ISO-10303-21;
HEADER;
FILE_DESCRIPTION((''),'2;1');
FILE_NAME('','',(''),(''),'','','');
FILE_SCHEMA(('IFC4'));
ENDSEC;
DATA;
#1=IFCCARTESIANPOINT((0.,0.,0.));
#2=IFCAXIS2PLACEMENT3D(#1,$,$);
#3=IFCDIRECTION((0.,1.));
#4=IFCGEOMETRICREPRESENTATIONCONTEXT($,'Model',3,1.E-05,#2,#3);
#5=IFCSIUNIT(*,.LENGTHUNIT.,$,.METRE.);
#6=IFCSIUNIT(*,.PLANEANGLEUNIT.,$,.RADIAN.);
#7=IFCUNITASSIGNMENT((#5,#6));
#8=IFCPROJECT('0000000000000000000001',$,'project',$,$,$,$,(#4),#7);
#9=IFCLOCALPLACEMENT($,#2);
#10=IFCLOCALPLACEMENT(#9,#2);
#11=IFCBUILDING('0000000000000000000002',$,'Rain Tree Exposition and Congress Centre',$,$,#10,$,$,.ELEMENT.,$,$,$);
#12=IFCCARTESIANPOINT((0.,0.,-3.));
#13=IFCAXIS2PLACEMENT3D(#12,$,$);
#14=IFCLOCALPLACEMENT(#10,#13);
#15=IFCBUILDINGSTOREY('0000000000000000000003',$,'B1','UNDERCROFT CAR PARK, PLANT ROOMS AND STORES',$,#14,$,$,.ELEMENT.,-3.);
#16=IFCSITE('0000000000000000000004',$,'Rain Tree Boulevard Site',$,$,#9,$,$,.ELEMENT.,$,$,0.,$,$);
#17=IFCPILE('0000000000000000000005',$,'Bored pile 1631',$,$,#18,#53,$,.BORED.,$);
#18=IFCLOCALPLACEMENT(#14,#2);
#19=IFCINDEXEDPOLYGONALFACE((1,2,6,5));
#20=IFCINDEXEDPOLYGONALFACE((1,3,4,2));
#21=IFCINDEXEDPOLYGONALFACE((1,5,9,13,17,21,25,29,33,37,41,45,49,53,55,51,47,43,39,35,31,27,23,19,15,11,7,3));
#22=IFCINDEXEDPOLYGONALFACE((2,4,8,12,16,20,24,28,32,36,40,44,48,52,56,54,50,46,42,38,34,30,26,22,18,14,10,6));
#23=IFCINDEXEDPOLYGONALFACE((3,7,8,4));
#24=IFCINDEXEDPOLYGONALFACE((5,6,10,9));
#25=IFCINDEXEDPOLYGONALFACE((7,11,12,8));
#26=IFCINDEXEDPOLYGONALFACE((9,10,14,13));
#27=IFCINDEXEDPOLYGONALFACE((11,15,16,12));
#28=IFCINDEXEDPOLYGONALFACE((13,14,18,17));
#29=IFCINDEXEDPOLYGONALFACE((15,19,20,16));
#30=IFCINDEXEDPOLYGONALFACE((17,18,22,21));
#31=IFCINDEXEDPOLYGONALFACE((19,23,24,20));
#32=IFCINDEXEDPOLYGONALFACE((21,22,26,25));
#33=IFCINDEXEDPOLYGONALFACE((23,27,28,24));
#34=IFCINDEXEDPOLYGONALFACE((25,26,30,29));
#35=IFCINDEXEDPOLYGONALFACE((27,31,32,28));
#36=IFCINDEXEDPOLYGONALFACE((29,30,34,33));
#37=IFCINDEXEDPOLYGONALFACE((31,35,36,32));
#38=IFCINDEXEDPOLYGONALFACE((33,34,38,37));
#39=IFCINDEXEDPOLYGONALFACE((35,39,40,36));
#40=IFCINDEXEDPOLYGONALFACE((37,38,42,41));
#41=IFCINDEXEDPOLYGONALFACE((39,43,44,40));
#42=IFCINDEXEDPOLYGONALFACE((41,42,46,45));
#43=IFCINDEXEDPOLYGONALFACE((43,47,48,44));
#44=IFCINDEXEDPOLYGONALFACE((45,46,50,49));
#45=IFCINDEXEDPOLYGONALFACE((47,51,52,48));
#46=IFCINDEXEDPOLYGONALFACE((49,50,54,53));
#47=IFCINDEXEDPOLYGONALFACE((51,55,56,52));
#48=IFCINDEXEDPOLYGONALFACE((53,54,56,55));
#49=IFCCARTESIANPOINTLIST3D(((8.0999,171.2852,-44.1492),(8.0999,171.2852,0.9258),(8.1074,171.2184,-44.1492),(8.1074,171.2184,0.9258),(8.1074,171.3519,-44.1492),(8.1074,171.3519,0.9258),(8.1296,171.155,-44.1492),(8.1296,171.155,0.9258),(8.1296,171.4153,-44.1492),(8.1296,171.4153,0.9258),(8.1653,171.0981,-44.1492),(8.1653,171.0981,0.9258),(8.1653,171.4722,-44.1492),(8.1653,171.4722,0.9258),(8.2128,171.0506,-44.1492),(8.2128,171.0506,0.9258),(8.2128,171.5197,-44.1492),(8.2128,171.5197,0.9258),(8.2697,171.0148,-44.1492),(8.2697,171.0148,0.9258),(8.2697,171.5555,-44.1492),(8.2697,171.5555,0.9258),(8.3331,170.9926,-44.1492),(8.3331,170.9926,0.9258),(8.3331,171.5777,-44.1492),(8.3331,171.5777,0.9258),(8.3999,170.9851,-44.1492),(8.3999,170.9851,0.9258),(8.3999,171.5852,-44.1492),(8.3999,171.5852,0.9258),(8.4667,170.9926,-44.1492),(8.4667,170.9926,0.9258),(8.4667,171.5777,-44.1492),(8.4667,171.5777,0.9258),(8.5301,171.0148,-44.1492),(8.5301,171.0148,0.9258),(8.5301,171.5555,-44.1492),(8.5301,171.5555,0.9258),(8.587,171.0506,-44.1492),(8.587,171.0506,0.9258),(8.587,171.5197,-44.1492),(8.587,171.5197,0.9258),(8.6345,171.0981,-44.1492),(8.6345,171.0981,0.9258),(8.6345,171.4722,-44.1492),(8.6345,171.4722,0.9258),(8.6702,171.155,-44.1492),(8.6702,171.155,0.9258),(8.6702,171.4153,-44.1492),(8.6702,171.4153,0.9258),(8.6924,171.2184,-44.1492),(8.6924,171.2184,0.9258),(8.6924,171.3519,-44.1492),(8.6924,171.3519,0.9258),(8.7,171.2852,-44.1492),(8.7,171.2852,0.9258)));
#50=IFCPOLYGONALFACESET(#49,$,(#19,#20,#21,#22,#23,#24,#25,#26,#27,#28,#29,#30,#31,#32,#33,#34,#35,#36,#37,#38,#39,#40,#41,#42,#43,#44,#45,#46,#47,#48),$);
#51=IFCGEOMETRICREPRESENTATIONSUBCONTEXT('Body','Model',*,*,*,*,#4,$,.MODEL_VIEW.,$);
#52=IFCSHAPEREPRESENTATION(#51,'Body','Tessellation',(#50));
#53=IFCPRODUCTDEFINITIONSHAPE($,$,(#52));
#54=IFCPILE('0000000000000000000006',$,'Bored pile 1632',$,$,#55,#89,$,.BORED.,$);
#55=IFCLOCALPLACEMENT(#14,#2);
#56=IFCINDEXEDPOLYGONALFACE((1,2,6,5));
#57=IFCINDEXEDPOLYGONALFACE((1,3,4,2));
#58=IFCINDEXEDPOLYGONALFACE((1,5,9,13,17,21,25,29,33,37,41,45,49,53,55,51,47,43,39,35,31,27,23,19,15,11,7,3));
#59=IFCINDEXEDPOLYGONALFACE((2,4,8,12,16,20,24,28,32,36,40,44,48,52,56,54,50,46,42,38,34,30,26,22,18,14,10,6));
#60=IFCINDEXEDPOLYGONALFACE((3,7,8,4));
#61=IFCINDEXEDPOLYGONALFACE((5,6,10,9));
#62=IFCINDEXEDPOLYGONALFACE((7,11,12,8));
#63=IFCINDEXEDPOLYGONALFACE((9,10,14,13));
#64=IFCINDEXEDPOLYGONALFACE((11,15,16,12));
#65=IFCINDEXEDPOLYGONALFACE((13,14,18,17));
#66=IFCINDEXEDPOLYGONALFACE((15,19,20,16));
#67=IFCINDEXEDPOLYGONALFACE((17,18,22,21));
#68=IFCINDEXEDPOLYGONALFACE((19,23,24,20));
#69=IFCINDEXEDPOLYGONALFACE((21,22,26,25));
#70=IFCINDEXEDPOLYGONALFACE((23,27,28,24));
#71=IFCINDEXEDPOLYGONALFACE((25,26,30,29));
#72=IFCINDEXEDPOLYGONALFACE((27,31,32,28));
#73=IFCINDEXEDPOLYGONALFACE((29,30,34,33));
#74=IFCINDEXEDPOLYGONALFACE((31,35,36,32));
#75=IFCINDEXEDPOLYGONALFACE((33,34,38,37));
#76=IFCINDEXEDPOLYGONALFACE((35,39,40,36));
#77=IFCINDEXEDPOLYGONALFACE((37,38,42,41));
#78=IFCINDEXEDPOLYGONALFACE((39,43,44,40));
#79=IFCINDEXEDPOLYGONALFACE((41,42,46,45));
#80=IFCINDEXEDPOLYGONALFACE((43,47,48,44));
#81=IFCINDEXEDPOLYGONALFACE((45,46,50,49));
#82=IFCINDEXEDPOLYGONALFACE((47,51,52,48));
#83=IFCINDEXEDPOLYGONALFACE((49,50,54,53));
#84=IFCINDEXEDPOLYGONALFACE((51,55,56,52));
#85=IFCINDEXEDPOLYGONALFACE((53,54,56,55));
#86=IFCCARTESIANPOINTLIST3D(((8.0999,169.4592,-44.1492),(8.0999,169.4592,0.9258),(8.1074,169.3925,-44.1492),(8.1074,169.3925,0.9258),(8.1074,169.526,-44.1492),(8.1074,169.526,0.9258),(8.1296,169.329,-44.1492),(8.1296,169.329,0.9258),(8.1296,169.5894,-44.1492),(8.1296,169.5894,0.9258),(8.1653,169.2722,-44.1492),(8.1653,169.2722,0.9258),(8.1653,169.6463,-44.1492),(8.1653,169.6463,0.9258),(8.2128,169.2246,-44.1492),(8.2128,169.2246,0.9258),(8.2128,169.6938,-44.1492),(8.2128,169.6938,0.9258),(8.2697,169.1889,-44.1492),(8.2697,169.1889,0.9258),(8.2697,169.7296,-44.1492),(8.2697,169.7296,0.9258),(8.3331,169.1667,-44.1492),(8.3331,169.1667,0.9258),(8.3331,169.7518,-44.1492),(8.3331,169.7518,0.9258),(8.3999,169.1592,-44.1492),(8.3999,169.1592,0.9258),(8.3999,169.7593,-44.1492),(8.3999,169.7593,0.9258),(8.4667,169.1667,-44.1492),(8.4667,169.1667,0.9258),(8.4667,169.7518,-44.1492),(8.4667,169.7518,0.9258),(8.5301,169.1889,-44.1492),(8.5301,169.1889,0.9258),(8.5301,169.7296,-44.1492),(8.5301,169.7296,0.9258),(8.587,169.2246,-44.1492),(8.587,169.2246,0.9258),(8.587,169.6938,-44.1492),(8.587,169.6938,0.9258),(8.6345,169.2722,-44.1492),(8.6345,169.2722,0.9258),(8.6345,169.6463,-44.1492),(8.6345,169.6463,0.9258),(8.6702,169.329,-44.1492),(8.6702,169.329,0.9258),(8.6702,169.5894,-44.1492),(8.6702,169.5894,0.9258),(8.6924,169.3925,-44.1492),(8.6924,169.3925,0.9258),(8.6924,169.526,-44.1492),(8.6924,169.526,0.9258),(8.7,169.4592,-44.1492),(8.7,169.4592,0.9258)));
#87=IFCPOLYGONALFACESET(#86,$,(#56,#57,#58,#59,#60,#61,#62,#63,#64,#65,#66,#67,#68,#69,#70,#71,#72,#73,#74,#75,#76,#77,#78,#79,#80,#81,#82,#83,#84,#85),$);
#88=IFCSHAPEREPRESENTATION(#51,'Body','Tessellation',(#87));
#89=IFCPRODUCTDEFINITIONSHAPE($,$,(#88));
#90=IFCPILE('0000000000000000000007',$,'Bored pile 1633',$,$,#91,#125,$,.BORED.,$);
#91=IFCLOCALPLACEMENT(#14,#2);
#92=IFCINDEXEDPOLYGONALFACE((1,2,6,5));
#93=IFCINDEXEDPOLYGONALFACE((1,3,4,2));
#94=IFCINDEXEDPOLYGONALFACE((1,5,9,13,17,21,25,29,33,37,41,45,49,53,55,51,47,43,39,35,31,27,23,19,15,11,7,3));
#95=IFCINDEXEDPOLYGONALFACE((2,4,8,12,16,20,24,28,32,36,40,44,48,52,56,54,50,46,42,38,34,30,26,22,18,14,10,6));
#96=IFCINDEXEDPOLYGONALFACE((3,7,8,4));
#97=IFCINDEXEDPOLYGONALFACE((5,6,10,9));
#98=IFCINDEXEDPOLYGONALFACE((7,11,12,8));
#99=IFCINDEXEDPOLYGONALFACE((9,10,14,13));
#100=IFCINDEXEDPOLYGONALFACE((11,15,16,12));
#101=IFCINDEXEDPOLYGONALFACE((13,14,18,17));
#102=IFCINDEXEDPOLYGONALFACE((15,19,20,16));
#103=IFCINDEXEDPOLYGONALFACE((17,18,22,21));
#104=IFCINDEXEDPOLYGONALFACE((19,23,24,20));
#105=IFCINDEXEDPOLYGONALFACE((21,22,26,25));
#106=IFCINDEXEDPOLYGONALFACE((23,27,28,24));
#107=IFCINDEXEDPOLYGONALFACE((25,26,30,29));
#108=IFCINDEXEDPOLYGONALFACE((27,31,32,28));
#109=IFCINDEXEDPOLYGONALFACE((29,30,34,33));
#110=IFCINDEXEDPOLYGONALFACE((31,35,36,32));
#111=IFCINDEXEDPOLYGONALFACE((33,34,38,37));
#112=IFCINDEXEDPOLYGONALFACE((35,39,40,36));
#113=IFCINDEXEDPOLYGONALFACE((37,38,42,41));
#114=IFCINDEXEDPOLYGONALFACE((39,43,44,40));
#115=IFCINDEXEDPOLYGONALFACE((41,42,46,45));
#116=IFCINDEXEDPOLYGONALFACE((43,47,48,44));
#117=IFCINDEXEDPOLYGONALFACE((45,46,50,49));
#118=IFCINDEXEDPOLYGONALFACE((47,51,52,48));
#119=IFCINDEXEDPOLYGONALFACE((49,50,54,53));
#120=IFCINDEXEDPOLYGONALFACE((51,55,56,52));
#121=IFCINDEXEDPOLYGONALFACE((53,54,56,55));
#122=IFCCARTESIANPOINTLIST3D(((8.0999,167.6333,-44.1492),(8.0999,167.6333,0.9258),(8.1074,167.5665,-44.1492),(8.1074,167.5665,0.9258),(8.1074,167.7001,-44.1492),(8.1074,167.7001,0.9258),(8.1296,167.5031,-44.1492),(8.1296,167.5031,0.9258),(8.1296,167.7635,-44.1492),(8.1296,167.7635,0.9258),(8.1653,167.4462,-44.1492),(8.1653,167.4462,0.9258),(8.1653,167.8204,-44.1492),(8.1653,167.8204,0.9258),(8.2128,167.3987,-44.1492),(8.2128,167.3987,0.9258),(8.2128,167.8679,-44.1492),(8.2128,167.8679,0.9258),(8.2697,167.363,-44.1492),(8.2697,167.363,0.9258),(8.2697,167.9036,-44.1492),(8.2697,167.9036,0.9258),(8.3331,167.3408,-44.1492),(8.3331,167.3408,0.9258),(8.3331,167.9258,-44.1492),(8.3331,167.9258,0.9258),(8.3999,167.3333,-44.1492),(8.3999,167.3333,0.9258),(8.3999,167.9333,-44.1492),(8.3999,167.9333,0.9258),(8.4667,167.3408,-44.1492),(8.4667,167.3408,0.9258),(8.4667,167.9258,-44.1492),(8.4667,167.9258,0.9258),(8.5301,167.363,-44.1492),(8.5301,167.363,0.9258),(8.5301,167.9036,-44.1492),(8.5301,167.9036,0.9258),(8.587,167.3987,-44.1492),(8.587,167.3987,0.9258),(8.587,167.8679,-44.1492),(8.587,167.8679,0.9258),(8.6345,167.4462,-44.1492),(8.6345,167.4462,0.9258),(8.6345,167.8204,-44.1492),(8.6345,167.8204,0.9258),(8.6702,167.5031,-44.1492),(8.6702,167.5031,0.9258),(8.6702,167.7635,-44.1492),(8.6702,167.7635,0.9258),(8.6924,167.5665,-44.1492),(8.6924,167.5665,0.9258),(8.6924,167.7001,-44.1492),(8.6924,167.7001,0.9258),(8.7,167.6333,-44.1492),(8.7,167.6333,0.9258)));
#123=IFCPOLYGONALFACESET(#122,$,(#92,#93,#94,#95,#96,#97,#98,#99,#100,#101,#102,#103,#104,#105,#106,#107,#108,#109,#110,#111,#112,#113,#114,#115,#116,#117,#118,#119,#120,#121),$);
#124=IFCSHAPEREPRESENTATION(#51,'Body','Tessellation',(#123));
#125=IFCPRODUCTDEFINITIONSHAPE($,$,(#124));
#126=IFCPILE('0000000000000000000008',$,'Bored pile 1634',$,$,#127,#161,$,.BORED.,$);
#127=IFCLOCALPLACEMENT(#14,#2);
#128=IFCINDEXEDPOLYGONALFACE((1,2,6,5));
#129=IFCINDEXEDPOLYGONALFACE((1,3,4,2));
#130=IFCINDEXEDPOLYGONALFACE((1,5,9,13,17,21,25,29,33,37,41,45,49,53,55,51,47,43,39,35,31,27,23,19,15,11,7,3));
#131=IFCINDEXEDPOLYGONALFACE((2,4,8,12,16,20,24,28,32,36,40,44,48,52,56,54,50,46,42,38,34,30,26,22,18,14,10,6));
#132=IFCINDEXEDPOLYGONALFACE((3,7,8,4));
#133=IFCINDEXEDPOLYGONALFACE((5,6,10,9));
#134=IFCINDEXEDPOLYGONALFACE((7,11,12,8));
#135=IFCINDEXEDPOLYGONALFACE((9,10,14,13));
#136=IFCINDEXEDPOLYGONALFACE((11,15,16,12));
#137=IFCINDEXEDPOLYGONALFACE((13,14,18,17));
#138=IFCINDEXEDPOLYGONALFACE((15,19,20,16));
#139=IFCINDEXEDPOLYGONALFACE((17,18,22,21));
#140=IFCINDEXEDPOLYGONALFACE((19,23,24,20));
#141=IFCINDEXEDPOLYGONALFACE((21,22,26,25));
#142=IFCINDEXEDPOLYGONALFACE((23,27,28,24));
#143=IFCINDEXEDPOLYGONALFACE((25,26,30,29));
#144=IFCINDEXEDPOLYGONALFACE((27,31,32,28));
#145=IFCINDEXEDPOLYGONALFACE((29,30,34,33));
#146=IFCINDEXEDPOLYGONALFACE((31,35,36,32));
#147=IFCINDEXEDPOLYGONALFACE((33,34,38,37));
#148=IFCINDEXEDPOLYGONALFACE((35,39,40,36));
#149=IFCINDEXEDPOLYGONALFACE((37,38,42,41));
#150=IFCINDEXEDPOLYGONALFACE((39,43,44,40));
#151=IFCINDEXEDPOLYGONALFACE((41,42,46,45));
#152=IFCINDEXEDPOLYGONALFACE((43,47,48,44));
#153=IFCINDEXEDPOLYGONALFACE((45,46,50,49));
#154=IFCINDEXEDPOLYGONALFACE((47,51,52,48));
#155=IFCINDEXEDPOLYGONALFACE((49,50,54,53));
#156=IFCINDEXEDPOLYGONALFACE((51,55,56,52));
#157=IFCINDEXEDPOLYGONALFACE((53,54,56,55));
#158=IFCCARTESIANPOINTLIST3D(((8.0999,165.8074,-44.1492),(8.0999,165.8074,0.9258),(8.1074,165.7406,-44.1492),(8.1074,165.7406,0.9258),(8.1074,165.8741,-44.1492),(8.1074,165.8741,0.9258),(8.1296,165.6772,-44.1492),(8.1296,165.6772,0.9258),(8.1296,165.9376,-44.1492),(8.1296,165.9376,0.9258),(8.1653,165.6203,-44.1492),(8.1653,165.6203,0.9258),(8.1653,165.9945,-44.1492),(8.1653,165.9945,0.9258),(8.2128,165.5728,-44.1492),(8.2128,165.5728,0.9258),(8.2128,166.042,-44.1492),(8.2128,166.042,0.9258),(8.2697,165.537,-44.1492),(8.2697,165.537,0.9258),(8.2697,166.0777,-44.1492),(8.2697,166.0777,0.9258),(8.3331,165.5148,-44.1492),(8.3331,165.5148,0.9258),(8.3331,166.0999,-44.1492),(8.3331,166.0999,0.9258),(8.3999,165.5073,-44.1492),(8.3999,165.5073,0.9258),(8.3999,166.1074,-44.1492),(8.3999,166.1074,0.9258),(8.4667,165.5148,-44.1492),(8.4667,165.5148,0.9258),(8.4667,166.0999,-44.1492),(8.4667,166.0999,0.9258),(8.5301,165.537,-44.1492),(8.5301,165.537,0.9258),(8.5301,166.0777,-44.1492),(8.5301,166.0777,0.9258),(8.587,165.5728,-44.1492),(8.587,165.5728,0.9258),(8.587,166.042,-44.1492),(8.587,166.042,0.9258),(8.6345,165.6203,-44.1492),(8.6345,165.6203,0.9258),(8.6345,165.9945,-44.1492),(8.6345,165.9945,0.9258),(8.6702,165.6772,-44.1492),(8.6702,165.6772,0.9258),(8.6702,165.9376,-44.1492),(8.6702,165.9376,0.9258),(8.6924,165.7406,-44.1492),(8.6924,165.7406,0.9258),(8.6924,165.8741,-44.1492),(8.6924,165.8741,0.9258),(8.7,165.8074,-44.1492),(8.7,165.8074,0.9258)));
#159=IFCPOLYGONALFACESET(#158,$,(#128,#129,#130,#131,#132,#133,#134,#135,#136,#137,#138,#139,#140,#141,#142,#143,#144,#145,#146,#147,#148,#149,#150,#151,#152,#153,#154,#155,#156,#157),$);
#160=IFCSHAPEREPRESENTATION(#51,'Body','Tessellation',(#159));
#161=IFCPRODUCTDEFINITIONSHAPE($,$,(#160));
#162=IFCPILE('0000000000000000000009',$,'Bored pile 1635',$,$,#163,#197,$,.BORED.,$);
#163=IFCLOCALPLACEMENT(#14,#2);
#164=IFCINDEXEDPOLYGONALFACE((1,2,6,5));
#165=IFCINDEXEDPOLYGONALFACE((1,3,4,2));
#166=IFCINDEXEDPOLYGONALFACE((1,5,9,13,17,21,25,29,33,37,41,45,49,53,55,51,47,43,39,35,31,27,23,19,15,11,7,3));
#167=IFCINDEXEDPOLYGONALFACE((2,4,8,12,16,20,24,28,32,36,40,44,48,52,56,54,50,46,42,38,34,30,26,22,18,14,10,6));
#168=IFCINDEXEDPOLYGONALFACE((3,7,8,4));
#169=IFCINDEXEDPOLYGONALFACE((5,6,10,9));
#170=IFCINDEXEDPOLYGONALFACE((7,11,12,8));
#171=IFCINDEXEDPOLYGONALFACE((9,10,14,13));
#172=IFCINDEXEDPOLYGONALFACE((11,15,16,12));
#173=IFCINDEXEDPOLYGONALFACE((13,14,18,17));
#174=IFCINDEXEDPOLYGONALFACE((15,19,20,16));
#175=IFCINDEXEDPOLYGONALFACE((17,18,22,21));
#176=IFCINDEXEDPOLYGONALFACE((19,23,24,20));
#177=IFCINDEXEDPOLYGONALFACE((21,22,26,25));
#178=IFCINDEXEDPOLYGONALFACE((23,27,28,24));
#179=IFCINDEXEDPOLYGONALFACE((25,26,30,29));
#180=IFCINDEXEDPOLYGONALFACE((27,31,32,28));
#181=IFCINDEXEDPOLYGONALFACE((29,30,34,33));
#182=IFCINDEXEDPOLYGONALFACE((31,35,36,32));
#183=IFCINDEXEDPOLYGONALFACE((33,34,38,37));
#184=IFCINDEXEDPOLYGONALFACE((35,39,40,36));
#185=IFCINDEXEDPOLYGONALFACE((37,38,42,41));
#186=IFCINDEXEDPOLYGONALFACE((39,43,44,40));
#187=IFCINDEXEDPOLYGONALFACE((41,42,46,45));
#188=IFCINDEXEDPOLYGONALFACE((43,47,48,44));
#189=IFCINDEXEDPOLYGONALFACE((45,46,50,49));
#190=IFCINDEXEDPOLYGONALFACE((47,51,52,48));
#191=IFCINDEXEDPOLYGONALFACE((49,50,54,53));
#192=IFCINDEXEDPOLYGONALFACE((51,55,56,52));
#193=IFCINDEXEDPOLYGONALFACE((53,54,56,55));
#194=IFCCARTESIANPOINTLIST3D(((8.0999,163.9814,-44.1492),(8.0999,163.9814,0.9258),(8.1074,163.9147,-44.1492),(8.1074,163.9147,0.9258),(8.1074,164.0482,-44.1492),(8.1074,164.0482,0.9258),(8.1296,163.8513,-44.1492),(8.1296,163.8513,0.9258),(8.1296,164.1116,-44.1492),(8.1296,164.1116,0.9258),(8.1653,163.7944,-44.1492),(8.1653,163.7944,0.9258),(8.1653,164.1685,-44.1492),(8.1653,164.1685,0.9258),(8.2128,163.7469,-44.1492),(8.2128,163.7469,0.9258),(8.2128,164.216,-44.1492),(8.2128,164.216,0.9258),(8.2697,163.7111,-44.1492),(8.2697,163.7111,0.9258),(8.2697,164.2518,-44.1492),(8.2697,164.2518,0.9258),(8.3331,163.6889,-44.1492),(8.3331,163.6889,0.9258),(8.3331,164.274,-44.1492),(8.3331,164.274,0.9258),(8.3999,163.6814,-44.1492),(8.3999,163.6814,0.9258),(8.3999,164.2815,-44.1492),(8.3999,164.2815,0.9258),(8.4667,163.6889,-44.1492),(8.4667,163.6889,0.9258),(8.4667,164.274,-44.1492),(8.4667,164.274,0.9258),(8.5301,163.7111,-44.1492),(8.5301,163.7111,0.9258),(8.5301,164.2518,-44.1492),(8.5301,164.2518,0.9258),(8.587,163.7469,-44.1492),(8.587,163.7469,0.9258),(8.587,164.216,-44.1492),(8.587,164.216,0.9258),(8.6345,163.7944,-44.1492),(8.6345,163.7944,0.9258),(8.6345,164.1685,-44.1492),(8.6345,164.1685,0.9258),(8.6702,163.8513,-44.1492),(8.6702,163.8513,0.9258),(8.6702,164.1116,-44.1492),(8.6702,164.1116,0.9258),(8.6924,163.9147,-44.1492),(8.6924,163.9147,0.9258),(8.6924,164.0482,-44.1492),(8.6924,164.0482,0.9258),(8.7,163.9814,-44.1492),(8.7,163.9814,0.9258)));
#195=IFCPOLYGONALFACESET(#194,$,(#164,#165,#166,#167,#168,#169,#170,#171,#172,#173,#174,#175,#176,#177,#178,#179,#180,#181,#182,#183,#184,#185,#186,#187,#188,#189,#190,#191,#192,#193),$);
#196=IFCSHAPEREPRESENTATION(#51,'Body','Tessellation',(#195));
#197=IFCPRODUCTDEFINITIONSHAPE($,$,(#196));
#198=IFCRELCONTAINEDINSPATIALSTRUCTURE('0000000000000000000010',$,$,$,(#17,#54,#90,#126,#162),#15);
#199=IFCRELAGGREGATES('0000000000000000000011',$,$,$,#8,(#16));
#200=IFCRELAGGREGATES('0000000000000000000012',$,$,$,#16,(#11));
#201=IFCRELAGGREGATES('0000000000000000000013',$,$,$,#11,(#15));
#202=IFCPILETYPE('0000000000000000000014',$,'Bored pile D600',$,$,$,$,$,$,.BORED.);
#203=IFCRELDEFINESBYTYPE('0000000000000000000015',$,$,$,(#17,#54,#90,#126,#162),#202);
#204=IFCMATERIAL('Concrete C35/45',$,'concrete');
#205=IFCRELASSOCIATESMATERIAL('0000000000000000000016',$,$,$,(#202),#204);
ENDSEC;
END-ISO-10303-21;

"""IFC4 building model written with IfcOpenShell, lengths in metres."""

from ifc_helpers import new_model, si_unit, direction, frame, origin, origin_2d, place, context, subcontext, project, spatial, circle, extrude, material, material_profile, profile_set, type_object, element, save


model = new_model("IFC4")

# Units and contexts
model_context = context("Model", 3, precision=1e-05, world=origin(), true_north=direction((0.0, 1.0)))
body_context = subcontext(model_context, "Body", "Model", "MODEL_VIEW")
ifc_project = project(units=[si_unit("LENGTHUNIT", "METRE"), si_unit("PLANEANGLEUNIT", "RADIAN")], contexts=[model_context])

# Site, building, storey
site_placement = place(None, origin())
site = spatial("IfcSite", under=ifc_project, at=site_placement, Name="Rain Tree Boulevard Site", CompositionType="ELEMENT", RefElevation=0.0)
building_placement = place(site_placement, origin())
building = spatial("IfcBuilding", under=site, at=building_placement, Name="Rain Tree Exposition and Congress Centre", CompositionType="ELEMENT")
storey_placement = place(building_placement, frame((0.0, 0.0, -3.0)))
storey = spatial("IfcBuildingStorey", under=building, at=storey_placement, Name="B1", Description="UNDERCROFT CAR PARK, PLANT ROOMS AND STORES", CompositionType="ELEMENT", Elevation=-3.0)

# Piles
ifc_material_1 = material(Name="Concrete C35/45", Category="concrete")
ifc_material_profile_1 = material_profile(ifc_material_1, circle(Radius=0.3, at=origin_2d()), Name="D600")
ifc_profile_set_1 = profile_set([ifc_material_profile_1], Name="Concrete C35/45")
pile_type_1 = type_object("IfcPileType", Name="Bored pile D600", PredefinedType="BORED", material=ifc_profile_set_1)
for number, where, z_axis, x_axis, name in (
    (1, (8.3999, 171.2852, 0.9258), (0.0, 0.0, -1.0), (1.0, 0.0, 0.0), "Bored pile 1631"),
    (2, (8.3999, 169.4592, 0.9258), (0.0, 0.0, -1.0), (1.0, 0.0, 0.0), "Bored pile 1632"),
    (3, (8.3999, 167.6333, 0.9258), (0.0, 0.0, -1.0), (1.0, 0.0, 0.0), "Bored pile 1633"),
    (4, (8.3999, 165.8074, 0.9258), (0.0, 0.0, -1.0), (1.0, 0.0, 0.0), "Bored pile 1634"),
    (5, (8.3999, 163.9814, 0.9258), (0.0, 0.0, -1.0), (1.0, 0.0, 0.0), "Bored pile 1635"),
):
    element("IfcPile", number, at=place(storey_placement, frame(where, z_axis=z_axis, x_axis=x_axis)), inside=storey, type_object=pile_type_1, Name=name, PredefinedType="BORED", context=body_context, shape_type="SweptSolid", body=[
        extrude(circle(Radius=0.3, at=origin_2d()), origin(), (0.0, 0.0, 1.0), 45.075),
    ])

save(model, "model.ifc")
